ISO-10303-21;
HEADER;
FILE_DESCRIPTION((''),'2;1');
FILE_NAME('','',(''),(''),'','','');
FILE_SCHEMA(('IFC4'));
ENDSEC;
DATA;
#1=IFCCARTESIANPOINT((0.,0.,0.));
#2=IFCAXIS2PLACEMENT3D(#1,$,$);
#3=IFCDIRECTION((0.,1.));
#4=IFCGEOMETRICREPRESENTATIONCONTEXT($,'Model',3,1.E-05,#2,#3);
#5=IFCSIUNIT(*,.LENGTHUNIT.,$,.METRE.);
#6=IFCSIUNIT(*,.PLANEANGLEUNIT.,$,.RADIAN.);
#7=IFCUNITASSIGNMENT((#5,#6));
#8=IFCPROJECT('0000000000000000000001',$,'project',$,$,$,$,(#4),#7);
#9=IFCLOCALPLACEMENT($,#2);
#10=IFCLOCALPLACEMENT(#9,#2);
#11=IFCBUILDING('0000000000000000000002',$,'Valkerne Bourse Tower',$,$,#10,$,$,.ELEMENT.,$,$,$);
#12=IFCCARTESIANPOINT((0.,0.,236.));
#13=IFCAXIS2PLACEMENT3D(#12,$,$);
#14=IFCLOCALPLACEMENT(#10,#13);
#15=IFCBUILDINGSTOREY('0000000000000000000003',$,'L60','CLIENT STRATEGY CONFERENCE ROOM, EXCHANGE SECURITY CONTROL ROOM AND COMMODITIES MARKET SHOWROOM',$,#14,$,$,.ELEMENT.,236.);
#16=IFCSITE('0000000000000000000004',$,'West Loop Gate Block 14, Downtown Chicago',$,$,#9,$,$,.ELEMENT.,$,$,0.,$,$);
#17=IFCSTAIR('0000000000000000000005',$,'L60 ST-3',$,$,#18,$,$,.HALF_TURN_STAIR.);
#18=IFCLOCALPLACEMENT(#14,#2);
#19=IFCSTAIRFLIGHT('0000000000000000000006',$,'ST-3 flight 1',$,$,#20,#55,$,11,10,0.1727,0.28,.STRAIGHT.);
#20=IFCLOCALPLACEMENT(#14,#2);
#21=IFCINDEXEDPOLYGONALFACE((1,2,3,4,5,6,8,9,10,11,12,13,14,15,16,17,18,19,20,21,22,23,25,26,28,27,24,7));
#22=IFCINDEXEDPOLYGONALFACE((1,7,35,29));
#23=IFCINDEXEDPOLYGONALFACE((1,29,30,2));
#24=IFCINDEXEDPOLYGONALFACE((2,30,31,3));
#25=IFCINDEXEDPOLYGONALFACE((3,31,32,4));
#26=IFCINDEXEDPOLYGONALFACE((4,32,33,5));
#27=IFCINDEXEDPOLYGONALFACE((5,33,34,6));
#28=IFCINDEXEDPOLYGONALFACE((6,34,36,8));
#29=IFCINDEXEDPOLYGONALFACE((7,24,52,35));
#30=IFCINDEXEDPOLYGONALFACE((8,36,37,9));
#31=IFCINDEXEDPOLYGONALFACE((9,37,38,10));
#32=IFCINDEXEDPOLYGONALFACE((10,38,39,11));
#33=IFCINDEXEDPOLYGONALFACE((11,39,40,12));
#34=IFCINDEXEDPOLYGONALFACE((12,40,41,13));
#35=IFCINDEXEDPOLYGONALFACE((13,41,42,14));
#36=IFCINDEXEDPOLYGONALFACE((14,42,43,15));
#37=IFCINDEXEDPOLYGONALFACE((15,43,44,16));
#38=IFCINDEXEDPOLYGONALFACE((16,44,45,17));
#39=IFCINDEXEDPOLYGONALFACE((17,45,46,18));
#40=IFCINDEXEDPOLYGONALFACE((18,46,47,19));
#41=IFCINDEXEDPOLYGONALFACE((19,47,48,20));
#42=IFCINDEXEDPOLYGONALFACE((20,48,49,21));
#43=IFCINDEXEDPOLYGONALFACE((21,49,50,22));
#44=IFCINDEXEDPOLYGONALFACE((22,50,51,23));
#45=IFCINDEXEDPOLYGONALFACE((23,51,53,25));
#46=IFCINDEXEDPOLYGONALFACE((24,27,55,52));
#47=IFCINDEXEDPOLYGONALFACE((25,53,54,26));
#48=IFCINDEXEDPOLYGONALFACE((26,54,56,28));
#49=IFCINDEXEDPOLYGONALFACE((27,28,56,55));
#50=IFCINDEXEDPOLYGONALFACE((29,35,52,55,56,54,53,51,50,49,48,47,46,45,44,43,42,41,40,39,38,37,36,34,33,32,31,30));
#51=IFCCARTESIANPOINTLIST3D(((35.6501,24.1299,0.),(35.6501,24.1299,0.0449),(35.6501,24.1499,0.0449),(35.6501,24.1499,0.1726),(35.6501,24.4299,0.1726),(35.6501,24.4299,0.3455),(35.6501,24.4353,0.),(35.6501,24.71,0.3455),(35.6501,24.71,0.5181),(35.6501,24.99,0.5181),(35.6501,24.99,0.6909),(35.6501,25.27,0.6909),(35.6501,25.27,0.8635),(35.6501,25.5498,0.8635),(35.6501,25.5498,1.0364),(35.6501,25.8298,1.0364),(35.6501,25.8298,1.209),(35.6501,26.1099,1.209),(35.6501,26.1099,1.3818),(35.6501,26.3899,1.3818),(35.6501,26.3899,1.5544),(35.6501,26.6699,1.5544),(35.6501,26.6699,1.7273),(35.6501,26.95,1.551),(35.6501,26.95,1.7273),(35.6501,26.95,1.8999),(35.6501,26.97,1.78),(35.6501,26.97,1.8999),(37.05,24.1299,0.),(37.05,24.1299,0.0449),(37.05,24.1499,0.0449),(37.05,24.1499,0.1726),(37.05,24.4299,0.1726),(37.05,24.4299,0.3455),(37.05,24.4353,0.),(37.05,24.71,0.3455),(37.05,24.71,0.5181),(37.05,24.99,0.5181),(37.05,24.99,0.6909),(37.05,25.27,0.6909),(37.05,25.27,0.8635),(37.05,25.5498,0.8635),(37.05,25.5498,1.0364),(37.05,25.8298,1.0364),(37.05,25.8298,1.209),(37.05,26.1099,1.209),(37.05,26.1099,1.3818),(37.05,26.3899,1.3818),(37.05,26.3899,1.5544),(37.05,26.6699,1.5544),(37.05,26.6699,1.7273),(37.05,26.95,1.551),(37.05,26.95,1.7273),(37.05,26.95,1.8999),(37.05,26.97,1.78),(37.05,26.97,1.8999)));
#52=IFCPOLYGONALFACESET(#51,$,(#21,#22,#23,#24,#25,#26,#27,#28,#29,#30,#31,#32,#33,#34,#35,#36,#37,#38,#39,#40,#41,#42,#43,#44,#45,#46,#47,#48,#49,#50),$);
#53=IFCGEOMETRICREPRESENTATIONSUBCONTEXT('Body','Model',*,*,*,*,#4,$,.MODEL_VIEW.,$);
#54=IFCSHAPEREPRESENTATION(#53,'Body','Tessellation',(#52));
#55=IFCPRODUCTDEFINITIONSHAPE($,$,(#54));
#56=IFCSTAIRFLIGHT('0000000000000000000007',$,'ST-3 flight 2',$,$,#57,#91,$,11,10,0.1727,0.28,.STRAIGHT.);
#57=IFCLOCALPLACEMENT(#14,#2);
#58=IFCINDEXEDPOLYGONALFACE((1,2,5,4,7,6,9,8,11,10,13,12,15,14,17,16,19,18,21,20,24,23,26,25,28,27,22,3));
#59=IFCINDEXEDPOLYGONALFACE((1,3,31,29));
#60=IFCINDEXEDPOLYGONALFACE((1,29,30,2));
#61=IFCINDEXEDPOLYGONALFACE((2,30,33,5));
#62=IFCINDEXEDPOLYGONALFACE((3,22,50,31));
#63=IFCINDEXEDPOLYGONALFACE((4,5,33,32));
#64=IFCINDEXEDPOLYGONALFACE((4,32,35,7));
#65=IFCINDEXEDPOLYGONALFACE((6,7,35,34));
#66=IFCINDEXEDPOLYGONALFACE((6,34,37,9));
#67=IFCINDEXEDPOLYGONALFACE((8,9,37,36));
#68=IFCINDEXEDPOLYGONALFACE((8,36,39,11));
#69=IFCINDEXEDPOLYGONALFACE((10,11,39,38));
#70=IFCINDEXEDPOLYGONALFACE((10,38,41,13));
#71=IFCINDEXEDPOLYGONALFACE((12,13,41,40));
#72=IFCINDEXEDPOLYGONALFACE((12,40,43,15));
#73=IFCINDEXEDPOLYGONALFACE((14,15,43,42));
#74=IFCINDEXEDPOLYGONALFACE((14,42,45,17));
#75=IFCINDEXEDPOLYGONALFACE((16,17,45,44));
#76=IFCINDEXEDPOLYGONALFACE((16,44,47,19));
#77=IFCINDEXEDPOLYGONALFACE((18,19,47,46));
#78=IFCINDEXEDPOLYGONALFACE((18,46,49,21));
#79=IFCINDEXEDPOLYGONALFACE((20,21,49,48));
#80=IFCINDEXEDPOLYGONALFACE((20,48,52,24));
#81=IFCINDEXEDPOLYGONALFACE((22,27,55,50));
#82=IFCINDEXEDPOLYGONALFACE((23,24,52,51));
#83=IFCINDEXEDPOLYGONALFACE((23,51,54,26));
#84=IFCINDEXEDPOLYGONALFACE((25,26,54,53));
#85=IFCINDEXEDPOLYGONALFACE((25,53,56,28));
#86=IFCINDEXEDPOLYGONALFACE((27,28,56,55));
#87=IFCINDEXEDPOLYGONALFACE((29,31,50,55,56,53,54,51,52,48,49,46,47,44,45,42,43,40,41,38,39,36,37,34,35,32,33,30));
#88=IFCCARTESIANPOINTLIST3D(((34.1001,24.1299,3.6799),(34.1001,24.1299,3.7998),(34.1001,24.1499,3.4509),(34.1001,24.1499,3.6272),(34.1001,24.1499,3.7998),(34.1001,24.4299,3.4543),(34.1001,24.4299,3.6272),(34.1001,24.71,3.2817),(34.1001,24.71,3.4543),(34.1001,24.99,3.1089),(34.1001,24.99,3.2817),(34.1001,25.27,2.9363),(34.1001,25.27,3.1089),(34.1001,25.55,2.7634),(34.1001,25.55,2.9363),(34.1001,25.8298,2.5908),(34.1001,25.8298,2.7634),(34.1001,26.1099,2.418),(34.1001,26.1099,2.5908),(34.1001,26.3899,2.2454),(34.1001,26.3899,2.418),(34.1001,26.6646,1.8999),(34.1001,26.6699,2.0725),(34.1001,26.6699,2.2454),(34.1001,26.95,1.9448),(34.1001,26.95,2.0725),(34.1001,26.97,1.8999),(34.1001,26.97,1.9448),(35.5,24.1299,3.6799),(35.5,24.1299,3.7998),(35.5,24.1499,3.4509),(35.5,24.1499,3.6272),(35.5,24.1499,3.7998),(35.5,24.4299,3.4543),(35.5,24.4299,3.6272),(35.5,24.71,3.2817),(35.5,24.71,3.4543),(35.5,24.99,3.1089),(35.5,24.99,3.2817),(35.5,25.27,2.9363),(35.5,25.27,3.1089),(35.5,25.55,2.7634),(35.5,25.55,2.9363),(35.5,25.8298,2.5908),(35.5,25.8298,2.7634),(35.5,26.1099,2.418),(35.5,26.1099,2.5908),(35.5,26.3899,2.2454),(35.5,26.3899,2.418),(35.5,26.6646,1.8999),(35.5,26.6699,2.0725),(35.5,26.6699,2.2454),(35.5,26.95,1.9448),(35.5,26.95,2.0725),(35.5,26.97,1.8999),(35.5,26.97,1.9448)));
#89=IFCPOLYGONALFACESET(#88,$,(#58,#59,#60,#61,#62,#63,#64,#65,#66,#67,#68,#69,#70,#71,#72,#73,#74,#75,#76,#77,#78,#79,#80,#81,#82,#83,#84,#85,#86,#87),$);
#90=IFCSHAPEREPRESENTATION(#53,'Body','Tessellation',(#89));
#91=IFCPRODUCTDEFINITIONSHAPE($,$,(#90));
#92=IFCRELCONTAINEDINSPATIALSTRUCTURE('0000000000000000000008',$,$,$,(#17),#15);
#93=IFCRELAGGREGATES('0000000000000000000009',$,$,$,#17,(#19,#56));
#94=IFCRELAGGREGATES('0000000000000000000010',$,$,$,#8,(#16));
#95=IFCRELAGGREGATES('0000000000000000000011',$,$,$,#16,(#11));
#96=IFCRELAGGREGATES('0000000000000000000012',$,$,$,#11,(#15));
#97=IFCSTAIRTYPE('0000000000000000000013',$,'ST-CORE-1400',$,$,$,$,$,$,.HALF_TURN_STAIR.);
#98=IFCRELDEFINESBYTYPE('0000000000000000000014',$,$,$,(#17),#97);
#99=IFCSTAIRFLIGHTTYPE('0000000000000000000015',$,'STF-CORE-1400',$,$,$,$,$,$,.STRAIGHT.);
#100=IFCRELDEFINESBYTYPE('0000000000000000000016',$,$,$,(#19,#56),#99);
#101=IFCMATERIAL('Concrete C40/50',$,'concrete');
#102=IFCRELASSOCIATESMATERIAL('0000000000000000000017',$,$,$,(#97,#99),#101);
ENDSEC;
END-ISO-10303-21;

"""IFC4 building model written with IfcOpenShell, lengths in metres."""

from ifc_helpers import new_model, si_unit, direction, frame, origin, place, context, subcontext, project, spatial, polyline, outline, extrude, material, type_object, element, aggregate, save


model = new_model("IFC4")

# Units and contexts
model_context = context("Model", 3, precision=1e-05, world=origin(), true_north=direction((0.0, 1.0)))
body_context = subcontext(model_context, "Body", "Model", "MODEL_VIEW")
ifc_project = project(units=[si_unit("LENGTHUNIT", "METRE"), si_unit("PLANEANGLEUNIT", "RADIAN")], contexts=[model_context])

# Site, building, storey
site_placement = place(None, origin())
site = spatial("IfcSite", under=ifc_project, at=site_placement, Name="West Loop Gate Block 14, Downtown Chicago", CompositionType="ELEMENT", RefElevation=0.0)
building_placement = place(site_placement, origin())
building = spatial("IfcBuilding", under=site, at=building_placement, Name="Valkerne Bourse Tower", CompositionType="ELEMENT")
storey_placement = place(building_placement, frame((0.0, 0.0, 236.0)))
storey = spatial("IfcBuildingStorey", under=building, at=storey_placement, Name="L60", Description="CLIENT STRATEGY CONFERENCE ROOM, EXCHANGE SECURITY CONTROL ROOM AND COMMODITIES MARKET SHOWROOM", CompositionType="ELEMENT", Elevation=236.0)

# Shared definitions
ifc_material_1 = material(Name="Concrete C40/50", Category="concrete")

# Stair, stair flights
stair_type = type_object("IfcStairType", Name="ST-CORE-1400", PredefinedType="HALF_TURN_STAIR", material=ifc_material_1)
stair_placement = place(storey_placement, origin())
stair = element("IfcStair", 1, at=stair_placement, inside=storey, type_object=stair_type, Name="L60 ST-3", PredefinedType="HALF_TURN_STAIR")
stair_flight_type = type_object("IfcStairFlightType", Name="STF-CORE-1400", PredefinedType="STRAIGHT", material=ifc_material_1)
stair_flight_1_placement = place(storey_placement, frame((36.3501, 24.1499, 0.0), z_axis=(0.0, 0.0, 1.0), x_axis=(0.0, 1.0, 0.0)))
stair_flight_1 = element("IfcStairFlight", 2, at=stair_flight_1_placement, type_object=stair_flight_type, Name="ST-3 flight 1", NumberOfRisers=11, NumberOfTreads=10, PredefinedType="STRAIGHT", RiserHeight=0.1727, TreadLength=0.28, context=body_context, shape_type="SweptSolid", body=[
    extrude(outline(polyline([(-0.02, 0.0), (-0.02, 0.0449), (0.0, 0.0449), (0.0, 0.1726), (0.28, 0.1726), (0.28, 0.3455), (0.5601, 0.3455), (0.5601, 0.5181), (0.8401, 0.5181), (0.8401, 0.6909), (1.1201, 0.6909), (1.1201, 0.8635), (1.3999, 0.8635), (1.3999, 1.0364), (1.6799, 1.0364), (1.6799, 1.209), (1.96, 1.209), (1.96, 1.3818), (2.24, 1.3818), (2.24, 1.5544), (2.52, 1.5544), (2.52, 1.7273), (2.8, 1.7273), (2.8, 1.8999), (2.8201, 1.8999), (2.8201, 1.78), (2.8, 1.551), (0.2854, 0.0), (-0.02, 0.0)])), frame((0.0, 0.7, 0.0), z_axis=(0.0, -1.0, 0.0), x_axis=(1.0, 0.0, 0.0)), (0.0, 0.0, 1.0), 1.3999),
])
stair_flight_2_placement = place(storey_placement, frame((34.8, 26.95, 1.8999), z_axis=(0.0, 0.0, 1.0), x_axis=(0.0, -1.0, 0.0)))
stair_flight_2 = element("IfcStairFlight", 3, at=stair_flight_2_placement, type_object=stair_flight_type, Name="ST-3 flight 2", NumberOfRisers=11, NumberOfTreads=10, PredefinedType="STRAIGHT", RiserHeight=0.1727, TreadLength=0.28, context=body_context, shape_type="SweptSolid", body=[
    extrude(outline(polyline([(-0.02, 0.0), (-0.02, 0.0449), (0.0, 0.0449), (0.0, 0.1726), (0.28, 0.1726), (0.28, 0.3455), (0.5601, 0.3455), (0.5601, 0.5181), (0.8401, 0.5181), (0.8401, 0.6909), (1.1201, 0.6909), (1.1201, 0.8635), (1.3999, 0.8635), (1.3999, 1.0364), (1.6799, 1.0364), (1.6799, 1.209), (1.96, 1.209), (1.96, 1.3818), (2.24, 1.3818), (2.24, 1.5544), (2.52, 1.5544), (2.52, 1.7273), (2.8, 1.7273), (2.8, 1.8999), (2.8201, 1.8999), (2.8201, 1.78), (2.8, 1.551), (0.2854, 0.0), (-0.02, 0.0)])), frame((0.0, 0.7, 0.0), z_axis=(0.0, -1.0, 0.0), x_axis=(1.0, 0.0, 0.0)), (0.0, 0.0, 1.0), 1.3999),
])
aggregate(stair, [stair_flight_1, stair_flight_2])

save(model, "model.ifc")
